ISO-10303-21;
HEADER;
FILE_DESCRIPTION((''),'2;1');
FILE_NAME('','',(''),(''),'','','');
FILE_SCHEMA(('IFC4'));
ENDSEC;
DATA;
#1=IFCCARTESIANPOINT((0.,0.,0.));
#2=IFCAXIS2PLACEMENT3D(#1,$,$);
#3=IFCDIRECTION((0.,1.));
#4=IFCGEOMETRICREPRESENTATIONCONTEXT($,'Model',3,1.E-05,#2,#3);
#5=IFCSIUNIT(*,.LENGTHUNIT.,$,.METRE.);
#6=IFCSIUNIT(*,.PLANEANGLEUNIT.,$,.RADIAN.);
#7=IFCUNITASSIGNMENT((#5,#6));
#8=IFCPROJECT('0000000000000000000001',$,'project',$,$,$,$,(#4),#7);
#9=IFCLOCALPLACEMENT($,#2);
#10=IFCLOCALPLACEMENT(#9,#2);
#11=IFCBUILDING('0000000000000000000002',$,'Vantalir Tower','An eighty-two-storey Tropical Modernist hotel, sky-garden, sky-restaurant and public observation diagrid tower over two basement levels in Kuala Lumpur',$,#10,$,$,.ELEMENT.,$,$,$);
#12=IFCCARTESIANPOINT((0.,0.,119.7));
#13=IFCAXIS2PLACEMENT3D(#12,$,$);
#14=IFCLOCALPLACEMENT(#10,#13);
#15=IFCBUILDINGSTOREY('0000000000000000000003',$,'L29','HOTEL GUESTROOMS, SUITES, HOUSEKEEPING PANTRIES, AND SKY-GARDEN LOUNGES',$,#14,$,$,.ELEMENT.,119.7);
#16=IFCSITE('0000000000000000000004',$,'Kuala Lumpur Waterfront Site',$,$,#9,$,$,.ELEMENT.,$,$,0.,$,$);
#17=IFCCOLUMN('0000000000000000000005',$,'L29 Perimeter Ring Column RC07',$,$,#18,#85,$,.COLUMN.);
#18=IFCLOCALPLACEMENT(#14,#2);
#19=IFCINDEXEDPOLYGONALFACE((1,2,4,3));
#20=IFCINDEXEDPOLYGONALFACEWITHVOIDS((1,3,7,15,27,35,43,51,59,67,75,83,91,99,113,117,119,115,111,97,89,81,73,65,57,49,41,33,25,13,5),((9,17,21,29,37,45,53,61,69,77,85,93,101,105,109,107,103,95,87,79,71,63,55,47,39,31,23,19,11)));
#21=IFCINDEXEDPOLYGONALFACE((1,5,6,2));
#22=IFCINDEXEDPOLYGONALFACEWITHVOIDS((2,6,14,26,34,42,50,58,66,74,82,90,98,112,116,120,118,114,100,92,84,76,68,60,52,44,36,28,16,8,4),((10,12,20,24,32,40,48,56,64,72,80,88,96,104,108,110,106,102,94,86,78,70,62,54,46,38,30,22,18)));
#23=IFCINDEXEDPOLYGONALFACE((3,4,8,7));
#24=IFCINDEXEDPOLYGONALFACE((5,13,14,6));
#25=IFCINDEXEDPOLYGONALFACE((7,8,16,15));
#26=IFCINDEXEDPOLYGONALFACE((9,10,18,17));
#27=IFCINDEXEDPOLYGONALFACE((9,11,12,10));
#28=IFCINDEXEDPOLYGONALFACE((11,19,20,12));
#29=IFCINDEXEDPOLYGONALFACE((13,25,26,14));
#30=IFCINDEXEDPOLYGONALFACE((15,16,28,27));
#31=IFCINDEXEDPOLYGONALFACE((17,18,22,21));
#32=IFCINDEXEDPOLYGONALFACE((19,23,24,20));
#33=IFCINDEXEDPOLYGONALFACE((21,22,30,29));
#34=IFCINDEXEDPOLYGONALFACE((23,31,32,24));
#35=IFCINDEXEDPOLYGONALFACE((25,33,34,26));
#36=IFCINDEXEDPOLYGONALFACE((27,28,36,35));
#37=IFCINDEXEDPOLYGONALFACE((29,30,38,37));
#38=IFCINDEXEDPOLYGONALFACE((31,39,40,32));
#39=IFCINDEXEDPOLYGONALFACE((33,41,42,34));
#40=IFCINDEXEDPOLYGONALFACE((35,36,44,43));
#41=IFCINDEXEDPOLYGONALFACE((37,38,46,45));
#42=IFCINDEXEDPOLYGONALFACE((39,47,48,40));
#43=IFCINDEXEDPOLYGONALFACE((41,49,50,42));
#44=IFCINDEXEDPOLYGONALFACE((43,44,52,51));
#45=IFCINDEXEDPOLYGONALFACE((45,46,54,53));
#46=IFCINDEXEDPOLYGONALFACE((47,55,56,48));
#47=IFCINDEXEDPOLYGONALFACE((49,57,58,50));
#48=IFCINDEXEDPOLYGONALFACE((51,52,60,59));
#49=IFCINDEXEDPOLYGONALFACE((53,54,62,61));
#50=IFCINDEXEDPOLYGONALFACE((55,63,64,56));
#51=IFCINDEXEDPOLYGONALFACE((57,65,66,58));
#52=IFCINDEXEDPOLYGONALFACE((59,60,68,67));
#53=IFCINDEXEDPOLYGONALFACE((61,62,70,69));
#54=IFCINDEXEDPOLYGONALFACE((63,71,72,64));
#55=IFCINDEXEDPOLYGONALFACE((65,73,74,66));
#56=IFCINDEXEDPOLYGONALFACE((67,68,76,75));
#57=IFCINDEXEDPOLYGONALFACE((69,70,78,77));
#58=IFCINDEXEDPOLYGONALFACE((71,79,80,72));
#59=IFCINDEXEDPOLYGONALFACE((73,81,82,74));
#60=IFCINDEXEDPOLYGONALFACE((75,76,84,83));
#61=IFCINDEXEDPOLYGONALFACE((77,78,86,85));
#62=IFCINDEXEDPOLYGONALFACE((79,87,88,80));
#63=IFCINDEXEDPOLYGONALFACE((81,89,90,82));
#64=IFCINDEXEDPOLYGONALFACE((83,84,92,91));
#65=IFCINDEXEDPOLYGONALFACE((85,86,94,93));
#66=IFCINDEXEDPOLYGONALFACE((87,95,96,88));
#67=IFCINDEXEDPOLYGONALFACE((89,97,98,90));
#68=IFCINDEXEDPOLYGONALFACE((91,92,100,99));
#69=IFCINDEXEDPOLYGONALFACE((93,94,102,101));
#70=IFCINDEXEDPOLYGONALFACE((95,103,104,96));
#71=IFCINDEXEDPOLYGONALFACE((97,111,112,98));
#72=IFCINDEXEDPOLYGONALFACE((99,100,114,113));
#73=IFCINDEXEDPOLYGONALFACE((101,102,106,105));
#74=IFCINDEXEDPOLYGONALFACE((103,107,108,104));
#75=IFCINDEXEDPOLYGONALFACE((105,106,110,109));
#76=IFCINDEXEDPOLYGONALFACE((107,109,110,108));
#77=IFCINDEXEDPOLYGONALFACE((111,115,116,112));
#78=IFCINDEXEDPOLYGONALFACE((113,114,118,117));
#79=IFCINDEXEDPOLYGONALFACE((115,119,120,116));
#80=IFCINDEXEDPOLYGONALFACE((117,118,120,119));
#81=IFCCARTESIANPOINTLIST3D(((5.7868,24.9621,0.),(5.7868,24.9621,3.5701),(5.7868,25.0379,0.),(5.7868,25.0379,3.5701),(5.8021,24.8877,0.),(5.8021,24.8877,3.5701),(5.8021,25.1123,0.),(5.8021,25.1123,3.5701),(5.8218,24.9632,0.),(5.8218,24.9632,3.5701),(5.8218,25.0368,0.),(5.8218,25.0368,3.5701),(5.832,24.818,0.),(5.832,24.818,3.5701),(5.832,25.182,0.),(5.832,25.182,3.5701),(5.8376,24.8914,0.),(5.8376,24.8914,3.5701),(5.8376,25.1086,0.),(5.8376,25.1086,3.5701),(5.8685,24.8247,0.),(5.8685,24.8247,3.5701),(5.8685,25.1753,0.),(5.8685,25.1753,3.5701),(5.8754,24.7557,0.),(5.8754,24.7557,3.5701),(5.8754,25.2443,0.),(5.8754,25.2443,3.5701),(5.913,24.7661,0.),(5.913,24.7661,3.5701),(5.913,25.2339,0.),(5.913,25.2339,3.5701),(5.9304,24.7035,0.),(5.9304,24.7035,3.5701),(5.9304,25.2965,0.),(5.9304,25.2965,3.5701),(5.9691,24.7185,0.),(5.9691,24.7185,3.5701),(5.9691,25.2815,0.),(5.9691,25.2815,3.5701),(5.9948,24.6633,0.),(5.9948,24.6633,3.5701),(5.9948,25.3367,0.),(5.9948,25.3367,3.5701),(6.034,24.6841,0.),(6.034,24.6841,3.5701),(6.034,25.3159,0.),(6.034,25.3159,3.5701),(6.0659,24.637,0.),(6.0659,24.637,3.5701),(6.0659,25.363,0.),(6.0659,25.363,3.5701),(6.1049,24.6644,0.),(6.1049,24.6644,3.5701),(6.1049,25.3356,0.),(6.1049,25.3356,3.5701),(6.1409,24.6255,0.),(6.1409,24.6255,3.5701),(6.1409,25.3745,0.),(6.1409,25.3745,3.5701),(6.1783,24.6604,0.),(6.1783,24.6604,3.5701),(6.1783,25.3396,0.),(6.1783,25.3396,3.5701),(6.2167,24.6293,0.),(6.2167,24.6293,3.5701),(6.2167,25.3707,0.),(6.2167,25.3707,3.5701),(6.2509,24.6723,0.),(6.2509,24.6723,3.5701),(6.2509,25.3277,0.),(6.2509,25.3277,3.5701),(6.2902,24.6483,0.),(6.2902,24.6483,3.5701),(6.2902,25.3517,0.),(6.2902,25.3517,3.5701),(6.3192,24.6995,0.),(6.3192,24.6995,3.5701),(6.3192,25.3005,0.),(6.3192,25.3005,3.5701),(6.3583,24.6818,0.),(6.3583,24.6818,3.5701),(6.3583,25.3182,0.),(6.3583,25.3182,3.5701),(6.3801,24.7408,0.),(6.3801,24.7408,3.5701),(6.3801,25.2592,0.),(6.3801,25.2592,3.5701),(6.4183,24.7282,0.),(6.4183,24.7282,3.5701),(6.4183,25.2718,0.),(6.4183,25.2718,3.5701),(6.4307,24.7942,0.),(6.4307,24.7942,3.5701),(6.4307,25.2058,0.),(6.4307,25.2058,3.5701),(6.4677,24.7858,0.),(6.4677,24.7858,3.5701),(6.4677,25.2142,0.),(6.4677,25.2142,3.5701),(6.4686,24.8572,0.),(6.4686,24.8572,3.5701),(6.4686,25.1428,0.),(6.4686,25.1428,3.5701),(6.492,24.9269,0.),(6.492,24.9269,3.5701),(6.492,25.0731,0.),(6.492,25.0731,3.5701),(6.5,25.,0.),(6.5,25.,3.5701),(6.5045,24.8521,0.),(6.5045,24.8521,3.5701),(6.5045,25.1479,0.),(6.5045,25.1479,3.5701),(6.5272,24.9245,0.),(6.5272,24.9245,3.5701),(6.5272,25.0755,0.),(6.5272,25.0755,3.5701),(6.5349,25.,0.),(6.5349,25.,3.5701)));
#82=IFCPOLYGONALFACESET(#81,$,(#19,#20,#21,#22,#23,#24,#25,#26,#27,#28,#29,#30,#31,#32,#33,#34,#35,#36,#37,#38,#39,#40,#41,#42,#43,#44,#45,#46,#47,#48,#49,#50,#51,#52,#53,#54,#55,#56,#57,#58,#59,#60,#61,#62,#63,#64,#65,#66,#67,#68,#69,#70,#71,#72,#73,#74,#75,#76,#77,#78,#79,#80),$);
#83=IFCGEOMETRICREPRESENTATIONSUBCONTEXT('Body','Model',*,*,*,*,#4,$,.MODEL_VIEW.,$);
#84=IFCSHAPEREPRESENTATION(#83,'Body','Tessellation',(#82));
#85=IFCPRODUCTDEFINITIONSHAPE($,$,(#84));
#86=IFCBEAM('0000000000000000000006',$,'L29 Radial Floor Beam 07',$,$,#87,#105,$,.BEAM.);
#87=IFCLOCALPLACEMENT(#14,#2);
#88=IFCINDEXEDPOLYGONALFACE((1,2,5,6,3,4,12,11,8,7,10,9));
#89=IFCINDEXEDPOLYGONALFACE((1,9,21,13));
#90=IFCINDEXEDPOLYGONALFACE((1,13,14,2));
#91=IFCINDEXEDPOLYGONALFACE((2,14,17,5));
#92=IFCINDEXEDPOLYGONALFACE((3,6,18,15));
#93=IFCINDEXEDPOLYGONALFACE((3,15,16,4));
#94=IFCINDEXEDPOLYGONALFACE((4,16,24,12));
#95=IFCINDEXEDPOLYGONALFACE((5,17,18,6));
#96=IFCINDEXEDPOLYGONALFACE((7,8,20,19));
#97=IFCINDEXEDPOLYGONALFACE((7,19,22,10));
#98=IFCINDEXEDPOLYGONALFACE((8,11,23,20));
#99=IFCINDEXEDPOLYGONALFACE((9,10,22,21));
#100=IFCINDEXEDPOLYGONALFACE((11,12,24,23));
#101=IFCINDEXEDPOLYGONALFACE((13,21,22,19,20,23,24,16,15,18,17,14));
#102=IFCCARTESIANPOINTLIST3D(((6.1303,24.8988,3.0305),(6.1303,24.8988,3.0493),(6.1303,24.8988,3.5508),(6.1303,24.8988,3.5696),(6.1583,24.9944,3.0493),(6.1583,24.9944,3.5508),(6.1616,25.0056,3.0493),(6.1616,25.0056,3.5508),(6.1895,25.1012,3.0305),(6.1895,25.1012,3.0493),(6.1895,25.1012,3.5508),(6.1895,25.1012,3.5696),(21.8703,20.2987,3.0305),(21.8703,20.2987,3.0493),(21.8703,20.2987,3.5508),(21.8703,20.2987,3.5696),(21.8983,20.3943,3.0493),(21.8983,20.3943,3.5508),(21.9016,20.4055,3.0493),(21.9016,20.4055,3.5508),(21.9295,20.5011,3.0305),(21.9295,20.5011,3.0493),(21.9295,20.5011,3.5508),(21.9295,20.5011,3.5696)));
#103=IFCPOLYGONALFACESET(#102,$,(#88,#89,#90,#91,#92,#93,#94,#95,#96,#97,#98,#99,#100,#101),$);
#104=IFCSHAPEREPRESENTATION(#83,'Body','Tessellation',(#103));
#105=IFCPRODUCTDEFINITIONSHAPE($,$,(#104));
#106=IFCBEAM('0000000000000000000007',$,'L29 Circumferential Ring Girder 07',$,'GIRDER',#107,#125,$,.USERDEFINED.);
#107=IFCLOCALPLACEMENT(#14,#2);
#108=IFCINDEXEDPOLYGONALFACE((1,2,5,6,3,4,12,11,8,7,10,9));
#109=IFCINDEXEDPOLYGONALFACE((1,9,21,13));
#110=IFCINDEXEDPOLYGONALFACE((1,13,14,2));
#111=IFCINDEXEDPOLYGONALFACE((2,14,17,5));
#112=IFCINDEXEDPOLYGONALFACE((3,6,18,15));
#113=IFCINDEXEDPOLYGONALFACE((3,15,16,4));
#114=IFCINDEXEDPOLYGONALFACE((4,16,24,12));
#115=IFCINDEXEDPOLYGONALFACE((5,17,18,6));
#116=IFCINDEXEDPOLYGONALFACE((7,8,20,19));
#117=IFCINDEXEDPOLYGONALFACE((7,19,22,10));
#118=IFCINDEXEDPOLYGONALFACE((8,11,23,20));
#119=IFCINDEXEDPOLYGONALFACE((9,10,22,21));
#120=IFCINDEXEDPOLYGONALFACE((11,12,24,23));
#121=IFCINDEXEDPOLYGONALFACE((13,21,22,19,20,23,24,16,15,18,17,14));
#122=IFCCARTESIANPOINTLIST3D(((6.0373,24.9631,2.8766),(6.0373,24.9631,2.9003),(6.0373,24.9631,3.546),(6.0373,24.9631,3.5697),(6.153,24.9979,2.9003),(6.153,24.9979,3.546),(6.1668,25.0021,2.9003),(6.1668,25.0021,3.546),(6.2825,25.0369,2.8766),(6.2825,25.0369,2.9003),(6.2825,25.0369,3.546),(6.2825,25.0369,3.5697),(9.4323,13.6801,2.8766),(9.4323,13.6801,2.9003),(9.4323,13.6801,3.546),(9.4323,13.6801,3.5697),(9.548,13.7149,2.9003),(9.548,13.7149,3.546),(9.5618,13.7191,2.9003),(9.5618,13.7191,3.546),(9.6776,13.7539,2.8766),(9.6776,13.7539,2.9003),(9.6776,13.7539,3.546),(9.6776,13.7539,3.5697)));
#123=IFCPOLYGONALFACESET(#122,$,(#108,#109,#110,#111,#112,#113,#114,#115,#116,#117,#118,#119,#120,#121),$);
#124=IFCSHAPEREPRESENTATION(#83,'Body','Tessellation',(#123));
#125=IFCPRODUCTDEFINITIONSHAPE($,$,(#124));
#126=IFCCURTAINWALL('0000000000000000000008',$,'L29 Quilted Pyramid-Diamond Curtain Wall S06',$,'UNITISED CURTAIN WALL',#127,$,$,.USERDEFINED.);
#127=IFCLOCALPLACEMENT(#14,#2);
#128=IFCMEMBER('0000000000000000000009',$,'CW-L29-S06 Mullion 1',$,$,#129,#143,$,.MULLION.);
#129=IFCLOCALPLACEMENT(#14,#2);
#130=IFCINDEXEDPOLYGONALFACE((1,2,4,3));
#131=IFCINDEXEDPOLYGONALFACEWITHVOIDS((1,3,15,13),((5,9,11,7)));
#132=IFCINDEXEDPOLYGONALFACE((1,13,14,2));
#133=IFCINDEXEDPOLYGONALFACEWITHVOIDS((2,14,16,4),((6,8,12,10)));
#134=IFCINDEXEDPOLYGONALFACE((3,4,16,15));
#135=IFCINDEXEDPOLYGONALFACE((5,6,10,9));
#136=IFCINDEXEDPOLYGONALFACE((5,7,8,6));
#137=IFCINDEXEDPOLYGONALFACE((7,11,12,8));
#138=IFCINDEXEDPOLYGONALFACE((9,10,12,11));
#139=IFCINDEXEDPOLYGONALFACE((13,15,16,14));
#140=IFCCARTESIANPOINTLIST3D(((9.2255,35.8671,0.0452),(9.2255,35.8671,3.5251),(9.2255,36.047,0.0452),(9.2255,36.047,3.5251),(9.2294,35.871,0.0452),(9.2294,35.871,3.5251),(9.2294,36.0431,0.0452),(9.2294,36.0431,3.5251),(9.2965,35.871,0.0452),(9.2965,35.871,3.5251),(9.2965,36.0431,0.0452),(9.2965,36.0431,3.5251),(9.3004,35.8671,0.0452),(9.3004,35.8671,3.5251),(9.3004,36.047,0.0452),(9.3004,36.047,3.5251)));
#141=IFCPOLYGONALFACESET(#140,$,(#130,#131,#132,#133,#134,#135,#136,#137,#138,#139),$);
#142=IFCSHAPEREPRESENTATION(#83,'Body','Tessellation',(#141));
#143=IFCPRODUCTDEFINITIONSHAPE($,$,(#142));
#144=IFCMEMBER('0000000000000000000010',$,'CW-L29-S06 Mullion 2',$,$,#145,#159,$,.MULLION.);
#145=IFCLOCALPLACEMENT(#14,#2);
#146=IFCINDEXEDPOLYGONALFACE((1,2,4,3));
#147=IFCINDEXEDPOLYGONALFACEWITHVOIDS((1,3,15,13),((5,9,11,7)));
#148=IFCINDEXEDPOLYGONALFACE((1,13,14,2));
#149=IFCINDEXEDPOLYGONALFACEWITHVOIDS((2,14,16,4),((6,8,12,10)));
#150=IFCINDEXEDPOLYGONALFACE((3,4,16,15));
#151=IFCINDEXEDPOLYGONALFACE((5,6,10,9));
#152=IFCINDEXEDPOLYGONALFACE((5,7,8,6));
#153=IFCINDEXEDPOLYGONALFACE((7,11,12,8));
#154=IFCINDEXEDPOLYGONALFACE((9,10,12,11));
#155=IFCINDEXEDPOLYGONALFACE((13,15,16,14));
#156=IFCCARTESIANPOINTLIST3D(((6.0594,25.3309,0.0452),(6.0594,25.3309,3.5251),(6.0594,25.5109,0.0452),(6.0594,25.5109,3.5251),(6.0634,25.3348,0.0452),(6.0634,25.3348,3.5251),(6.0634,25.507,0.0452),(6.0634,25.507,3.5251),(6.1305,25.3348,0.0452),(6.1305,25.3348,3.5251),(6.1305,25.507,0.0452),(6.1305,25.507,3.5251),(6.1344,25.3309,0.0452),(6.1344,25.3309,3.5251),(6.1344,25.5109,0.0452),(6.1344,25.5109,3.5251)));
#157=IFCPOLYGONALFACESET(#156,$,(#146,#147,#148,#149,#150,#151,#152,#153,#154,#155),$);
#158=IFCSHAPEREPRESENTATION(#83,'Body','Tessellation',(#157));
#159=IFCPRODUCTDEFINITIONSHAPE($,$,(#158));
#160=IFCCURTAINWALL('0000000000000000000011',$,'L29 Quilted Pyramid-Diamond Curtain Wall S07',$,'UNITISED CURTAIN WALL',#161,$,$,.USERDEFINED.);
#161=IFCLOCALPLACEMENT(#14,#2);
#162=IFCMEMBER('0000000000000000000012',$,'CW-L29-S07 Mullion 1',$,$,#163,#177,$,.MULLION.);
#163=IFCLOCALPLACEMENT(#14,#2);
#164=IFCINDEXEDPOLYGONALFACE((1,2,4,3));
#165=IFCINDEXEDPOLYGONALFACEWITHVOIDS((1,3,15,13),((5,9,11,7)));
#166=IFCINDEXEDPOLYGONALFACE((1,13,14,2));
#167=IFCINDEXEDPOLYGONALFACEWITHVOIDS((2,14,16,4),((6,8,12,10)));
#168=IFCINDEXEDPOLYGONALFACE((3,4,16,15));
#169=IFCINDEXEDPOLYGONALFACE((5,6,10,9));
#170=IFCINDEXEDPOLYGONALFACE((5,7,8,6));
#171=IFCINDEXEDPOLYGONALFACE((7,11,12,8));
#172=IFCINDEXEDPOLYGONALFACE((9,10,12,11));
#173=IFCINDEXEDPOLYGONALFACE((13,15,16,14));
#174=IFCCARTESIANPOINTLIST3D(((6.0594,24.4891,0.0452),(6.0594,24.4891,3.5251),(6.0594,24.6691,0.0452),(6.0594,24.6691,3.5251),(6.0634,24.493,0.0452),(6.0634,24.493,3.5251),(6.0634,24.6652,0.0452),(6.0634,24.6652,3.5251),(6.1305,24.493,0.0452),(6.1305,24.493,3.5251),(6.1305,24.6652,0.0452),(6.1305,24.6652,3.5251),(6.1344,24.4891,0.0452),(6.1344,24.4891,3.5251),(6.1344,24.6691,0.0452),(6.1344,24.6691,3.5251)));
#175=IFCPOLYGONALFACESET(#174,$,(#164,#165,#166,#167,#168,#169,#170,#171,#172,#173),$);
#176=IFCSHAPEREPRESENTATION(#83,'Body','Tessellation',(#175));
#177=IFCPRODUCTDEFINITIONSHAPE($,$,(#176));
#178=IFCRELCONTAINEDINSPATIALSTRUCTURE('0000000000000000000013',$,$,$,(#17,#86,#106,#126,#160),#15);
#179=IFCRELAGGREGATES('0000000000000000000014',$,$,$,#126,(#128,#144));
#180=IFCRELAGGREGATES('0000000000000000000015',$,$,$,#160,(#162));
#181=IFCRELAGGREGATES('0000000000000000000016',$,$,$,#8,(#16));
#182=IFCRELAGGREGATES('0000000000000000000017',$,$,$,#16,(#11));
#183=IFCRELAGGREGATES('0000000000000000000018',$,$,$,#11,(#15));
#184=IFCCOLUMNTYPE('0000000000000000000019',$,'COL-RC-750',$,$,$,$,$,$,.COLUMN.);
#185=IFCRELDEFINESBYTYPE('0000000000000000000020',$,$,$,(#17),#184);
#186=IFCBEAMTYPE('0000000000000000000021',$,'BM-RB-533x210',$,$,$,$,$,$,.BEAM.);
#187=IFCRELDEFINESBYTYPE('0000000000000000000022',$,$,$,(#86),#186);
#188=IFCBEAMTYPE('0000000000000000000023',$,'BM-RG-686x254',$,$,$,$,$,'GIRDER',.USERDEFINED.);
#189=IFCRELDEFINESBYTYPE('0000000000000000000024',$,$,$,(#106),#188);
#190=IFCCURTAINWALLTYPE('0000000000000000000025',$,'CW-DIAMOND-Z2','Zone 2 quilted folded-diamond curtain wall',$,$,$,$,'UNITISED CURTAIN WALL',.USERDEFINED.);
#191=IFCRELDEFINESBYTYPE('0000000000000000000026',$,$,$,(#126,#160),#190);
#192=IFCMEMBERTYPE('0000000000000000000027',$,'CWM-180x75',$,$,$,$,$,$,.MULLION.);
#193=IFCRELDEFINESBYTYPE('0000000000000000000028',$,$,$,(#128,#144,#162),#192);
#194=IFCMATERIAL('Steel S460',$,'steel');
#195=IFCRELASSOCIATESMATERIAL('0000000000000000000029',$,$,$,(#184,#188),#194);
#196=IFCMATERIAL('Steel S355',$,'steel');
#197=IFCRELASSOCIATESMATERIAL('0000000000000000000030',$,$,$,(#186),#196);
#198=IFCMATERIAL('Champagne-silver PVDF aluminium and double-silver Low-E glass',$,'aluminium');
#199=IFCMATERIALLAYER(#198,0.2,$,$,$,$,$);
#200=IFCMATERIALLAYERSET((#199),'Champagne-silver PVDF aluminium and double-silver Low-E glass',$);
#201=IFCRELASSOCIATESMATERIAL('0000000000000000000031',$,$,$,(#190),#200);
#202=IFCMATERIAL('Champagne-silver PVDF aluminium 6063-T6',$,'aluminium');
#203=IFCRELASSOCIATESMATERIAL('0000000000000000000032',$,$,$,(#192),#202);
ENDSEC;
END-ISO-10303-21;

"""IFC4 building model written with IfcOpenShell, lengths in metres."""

from ifc_helpers import new_model, si_unit, direction, frame, origin, origin_2d, place, context, subcontext, project, spatial, hollow_rectangle, hollow_circle, i_section, extrude, material, layer, layer_set, material_profile, profile_set, type_object, element, aggregate, save


model = new_model("IFC4")

# Units and contexts
model_context = context("Model", 3, precision=1e-05, world=origin(), true_north=direction((0.0, 1.0)))
body_context = subcontext(model_context, "Body", "Model", "MODEL_VIEW")
ifc_project = project(units=[si_unit("LENGTHUNIT", "METRE"), si_unit("PLANEANGLEUNIT", "RADIAN")], contexts=[model_context])

# Site, building, storey
site_placement = place(None, origin())
site = spatial("IfcSite", under=ifc_project, at=site_placement, Name="Kuala Lumpur Waterfront Site", CompositionType="ELEMENT", RefElevation=0.0)
building_placement = place(site_placement, origin())
building = spatial("IfcBuilding", under=site, at=building_placement, Name="Vantalir Tower", Description="An eighty-two-storey Tropical Modernist hotel, sky-garden, sky-restaurant and public observation diagrid tower over two basement levels in Kuala Lumpur", CompositionType="ELEMENT")
storey_placement = place(building_placement, frame((0.0, 0.0, 119.7)))
storey = spatial("IfcBuildingStorey", under=building, at=storey_placement, Name="L29", Description="HOTEL GUESTROOMS, SUITES, HOUSEKEEPING PANTRIES, AND SKY-GARDEN LOUNGES", CompositionType="ELEMENT", Elevation=119.7)

# Column
ifc_material_1 = material(Name="Steel S460", Category="steel")
ifc_material_profile_1 = material_profile(ifc_material_1, hollow_circle(Radius=0.375, WallThickness=0.0349, at=origin_2d()), Name="Steel S460")
ifc_profile_set_1 = profile_set([ifc_material_profile_1], Name="Steel S460")
column_type = type_object("IfcColumnType", Name="COL-RC-750", PredefinedType="COLUMN", material=ifc_profile_set_1)
column_placement = place(storey_placement, frame((6.1599, 25.0, 0.0), z_axis=(0.0, 0.0, 1.0), x_axis=(1.0, 0.0, 0.0)))
element("IfcColumn", 1, at=column_placement, inside=storey, type_object=column_type, Name="L29 Perimeter Ring Column RC07", PredefinedType="COLUMN", context=body_context, shape_type="SweptSolid", body=[
    extrude(hollow_circle(Radius=0.375, WallThickness=0.0349, at=origin_2d()), origin(), (0.0, 0.0, 1.0), 3.5701),
])

# Beams
ifc_material_2 = material(Name="Steel S355", Category="steel")
ifc_material_profile_2 = material_profile(ifc_material_2, i_section(OverallWidth=0.2109, OverallDepth=0.5391, WebThickness=0.0117, FlangeThickness=0.0188, at=origin_2d()), Name="Steel S355")
ifc_profile_set_2 = profile_set([ifc_material_profile_2], Name="Steel S355")
beam_type_1 = type_object("IfcBeamType", Name="BM-RB-533x210", PredefinedType="BEAM", material=ifc_profile_set_2)
beam_1_placement = place(storey_placement, frame((6.1599, 25.0, 3.3), z_axis=(0.959848, -0.280521, 0.0), x_axis=(0.280521, 0.959848, 0.0)))
element("IfcBeam", 2, at=beam_1_placement, inside=storey, type_object=beam_type_1, Name="L29 Radial Floor Beam 07", PredefinedType="BEAM", context=body_context, shape_type="SweptSolid", body=[
    extrude(i_section(OverallWidth=0.2109, OverallDepth=0.5391, WebThickness=0.0117, FlangeThickness=0.0188, at=origin_2d()), origin(), (0.0, 0.0, 1.0), 16.3984),
])
ifc_material_profile_3 = material_profile(ifc_material_1, i_section(OverallWidth=0.2561, OverallDepth=0.6931, WebThickness=0.0144, FlangeThickness=0.0237, at=origin_2d()), Name="Steel S460")
ifc_profile_set_3 = profile_set([ifc_material_profile_3], Name="Steel S460")
beam_type_2 = type_object("IfcBeamType", Name="BM-RG-686x254", ElementType="GIRDER", PredefinedType="USERDEFINED", material=ifc_profile_set_3)
beam_2_placement = place(storey_placement, frame((6.1599, 25.0, 3.2231), z_axis=(0.288137, -0.957589, 0.0), x_axis=(0.957589, 0.288137, 0.0)))
element("IfcBeam", 3, at=beam_2_placement, inside=storey, type_object=beam_type_2, Name="L29 Circumferential Ring Girder 07", ObjectType="GIRDER", PredefinedType="USERDEFINED", context=body_context, shape_type="SweptSolid", body=[
    extrude(i_section(OverallWidth=0.2561, OverallDepth=0.6931, WebThickness=0.0144, FlangeThickness=0.0237, at=origin_2d()), origin(), (0.0, 0.0, 1.0), 11.7827),
])

# Curtain walls, members
ifc_material_3 = material(Name="Champagne-silver PVDF aluminium and double-silver Low-E glass", Category="aluminium")
ifc_layer_1 = layer(ifc_material_3, 0.2)
ifc_layer_set_1 = layer_set([ifc_layer_1], Name="Champagne-silver PVDF aluminium and double-silver Low-E glass")
curtain_wall_type = type_object("IfcCurtainWallType", Name="CW-DIAMOND-Z2", Description="Zone 2 quilted folded-diamond curtain wall", ElementType="UNITISED CURTAIN WALL", PredefinedType="USERDEFINED", material=ifc_layer_set_1)
curtain_wall_1_placement = place(storey_placement, origin())
curtain_wall_1 = element("IfcCurtainWall", 4, at=curtain_wall_1_placement, inside=storey, type_object=curtain_wall_type, Name="L29 Quilted Pyramid-Diamond Curtain Wall S06", ObjectType="UNITISED CURTAIN WALL", PredefinedType="USERDEFINED")
ifc_material_4 = material(Name="Champagne-silver PVDF aluminium 6063-T6", Category="aluminium")
ifc_material_profile_4 = material_profile(ifc_material_4, hollow_rectangle(XDim=0.075, YDim=0.1799, WallThickness=0.0039, at=origin_2d()), Name="Champagne-silver PVDF aluminium 6063-T6")
ifc_profile_set_4 = profile_set([ifc_material_profile_4], Name="Champagne-silver PVDF aluminium 6063-T6")
member_type_1 = type_object("IfcMemberType", Name="CWM-180x75", PredefinedType="MULLION", material=ifc_profile_set_4)
member_1_placement = place(storey_placement, frame((9.2629, 35.957, 0.0452), z_axis=(0.0, 0.0, 1.0), x_axis=(1.0, 0.0, 0.0)))
member_1 = element("IfcMember", 5, at=member_1_placement, type_object=member_type_1, Name="CW-L29-S06 Mullion 1", PredefinedType="MULLION", context=body_context, shape_type="SweptSolid", body=[
    extrude(hollow_rectangle(XDim=0.075, YDim=0.1799, WallThickness=0.0039, at=origin_2d()), origin(), (0.0, 0.0, 1.0), 3.48),
])
member_2_placement = place(storey_placement, frame((6.0969, 25.4209, 0.0452), z_axis=(0.0, 0.0, 1.0), x_axis=(1.0, 0.0, 0.0)))
member_2 = element("IfcMember", 6, at=member_2_placement, type_object=member_type_1, Name="CW-L29-S06 Mullion 2", PredefinedType="MULLION", context=body_context, shape_type="SweptSolid", body=[
    extrude(hollow_rectangle(XDim=0.075, YDim=0.1799, WallThickness=0.0039, at=origin_2d()), origin(), (0.0, 0.0, 1.0), 3.48),
])
curtain_wall_2_placement = place(storey_placement, origin())
curtain_wall_2 = element("IfcCurtainWall", 7, at=curtain_wall_2_placement, inside=storey, type_object=curtain_wall_type, Name="L29 Quilted Pyramid-Diamond Curtain Wall S07", ObjectType="UNITISED CURTAIN WALL", PredefinedType="USERDEFINED")
member_3_placement = place(storey_placement, frame((6.0969, 24.5791, 0.0452), z_axis=(0.0, 0.0, 1.0), x_axis=(1.0, 0.0, 0.0)))
member_3 = element("IfcMember", 8, at=member_3_placement, type_object=member_type_1, Name="CW-L29-S07 Mullion 1", PredefinedType="MULLION", context=body_context, shape_type="SweptSolid", body=[
    extrude(hollow_rectangle(XDim=0.075, YDim=0.1799, WallThickness=0.0039, at=origin_2d()), origin(), (0.0, 0.0, 1.0), 3.48),
])

aggregate(curtain_wall_1, [member_1, member_2])
aggregate(curtain_wall_2, [member_3])

save(model, "model.ifc")
